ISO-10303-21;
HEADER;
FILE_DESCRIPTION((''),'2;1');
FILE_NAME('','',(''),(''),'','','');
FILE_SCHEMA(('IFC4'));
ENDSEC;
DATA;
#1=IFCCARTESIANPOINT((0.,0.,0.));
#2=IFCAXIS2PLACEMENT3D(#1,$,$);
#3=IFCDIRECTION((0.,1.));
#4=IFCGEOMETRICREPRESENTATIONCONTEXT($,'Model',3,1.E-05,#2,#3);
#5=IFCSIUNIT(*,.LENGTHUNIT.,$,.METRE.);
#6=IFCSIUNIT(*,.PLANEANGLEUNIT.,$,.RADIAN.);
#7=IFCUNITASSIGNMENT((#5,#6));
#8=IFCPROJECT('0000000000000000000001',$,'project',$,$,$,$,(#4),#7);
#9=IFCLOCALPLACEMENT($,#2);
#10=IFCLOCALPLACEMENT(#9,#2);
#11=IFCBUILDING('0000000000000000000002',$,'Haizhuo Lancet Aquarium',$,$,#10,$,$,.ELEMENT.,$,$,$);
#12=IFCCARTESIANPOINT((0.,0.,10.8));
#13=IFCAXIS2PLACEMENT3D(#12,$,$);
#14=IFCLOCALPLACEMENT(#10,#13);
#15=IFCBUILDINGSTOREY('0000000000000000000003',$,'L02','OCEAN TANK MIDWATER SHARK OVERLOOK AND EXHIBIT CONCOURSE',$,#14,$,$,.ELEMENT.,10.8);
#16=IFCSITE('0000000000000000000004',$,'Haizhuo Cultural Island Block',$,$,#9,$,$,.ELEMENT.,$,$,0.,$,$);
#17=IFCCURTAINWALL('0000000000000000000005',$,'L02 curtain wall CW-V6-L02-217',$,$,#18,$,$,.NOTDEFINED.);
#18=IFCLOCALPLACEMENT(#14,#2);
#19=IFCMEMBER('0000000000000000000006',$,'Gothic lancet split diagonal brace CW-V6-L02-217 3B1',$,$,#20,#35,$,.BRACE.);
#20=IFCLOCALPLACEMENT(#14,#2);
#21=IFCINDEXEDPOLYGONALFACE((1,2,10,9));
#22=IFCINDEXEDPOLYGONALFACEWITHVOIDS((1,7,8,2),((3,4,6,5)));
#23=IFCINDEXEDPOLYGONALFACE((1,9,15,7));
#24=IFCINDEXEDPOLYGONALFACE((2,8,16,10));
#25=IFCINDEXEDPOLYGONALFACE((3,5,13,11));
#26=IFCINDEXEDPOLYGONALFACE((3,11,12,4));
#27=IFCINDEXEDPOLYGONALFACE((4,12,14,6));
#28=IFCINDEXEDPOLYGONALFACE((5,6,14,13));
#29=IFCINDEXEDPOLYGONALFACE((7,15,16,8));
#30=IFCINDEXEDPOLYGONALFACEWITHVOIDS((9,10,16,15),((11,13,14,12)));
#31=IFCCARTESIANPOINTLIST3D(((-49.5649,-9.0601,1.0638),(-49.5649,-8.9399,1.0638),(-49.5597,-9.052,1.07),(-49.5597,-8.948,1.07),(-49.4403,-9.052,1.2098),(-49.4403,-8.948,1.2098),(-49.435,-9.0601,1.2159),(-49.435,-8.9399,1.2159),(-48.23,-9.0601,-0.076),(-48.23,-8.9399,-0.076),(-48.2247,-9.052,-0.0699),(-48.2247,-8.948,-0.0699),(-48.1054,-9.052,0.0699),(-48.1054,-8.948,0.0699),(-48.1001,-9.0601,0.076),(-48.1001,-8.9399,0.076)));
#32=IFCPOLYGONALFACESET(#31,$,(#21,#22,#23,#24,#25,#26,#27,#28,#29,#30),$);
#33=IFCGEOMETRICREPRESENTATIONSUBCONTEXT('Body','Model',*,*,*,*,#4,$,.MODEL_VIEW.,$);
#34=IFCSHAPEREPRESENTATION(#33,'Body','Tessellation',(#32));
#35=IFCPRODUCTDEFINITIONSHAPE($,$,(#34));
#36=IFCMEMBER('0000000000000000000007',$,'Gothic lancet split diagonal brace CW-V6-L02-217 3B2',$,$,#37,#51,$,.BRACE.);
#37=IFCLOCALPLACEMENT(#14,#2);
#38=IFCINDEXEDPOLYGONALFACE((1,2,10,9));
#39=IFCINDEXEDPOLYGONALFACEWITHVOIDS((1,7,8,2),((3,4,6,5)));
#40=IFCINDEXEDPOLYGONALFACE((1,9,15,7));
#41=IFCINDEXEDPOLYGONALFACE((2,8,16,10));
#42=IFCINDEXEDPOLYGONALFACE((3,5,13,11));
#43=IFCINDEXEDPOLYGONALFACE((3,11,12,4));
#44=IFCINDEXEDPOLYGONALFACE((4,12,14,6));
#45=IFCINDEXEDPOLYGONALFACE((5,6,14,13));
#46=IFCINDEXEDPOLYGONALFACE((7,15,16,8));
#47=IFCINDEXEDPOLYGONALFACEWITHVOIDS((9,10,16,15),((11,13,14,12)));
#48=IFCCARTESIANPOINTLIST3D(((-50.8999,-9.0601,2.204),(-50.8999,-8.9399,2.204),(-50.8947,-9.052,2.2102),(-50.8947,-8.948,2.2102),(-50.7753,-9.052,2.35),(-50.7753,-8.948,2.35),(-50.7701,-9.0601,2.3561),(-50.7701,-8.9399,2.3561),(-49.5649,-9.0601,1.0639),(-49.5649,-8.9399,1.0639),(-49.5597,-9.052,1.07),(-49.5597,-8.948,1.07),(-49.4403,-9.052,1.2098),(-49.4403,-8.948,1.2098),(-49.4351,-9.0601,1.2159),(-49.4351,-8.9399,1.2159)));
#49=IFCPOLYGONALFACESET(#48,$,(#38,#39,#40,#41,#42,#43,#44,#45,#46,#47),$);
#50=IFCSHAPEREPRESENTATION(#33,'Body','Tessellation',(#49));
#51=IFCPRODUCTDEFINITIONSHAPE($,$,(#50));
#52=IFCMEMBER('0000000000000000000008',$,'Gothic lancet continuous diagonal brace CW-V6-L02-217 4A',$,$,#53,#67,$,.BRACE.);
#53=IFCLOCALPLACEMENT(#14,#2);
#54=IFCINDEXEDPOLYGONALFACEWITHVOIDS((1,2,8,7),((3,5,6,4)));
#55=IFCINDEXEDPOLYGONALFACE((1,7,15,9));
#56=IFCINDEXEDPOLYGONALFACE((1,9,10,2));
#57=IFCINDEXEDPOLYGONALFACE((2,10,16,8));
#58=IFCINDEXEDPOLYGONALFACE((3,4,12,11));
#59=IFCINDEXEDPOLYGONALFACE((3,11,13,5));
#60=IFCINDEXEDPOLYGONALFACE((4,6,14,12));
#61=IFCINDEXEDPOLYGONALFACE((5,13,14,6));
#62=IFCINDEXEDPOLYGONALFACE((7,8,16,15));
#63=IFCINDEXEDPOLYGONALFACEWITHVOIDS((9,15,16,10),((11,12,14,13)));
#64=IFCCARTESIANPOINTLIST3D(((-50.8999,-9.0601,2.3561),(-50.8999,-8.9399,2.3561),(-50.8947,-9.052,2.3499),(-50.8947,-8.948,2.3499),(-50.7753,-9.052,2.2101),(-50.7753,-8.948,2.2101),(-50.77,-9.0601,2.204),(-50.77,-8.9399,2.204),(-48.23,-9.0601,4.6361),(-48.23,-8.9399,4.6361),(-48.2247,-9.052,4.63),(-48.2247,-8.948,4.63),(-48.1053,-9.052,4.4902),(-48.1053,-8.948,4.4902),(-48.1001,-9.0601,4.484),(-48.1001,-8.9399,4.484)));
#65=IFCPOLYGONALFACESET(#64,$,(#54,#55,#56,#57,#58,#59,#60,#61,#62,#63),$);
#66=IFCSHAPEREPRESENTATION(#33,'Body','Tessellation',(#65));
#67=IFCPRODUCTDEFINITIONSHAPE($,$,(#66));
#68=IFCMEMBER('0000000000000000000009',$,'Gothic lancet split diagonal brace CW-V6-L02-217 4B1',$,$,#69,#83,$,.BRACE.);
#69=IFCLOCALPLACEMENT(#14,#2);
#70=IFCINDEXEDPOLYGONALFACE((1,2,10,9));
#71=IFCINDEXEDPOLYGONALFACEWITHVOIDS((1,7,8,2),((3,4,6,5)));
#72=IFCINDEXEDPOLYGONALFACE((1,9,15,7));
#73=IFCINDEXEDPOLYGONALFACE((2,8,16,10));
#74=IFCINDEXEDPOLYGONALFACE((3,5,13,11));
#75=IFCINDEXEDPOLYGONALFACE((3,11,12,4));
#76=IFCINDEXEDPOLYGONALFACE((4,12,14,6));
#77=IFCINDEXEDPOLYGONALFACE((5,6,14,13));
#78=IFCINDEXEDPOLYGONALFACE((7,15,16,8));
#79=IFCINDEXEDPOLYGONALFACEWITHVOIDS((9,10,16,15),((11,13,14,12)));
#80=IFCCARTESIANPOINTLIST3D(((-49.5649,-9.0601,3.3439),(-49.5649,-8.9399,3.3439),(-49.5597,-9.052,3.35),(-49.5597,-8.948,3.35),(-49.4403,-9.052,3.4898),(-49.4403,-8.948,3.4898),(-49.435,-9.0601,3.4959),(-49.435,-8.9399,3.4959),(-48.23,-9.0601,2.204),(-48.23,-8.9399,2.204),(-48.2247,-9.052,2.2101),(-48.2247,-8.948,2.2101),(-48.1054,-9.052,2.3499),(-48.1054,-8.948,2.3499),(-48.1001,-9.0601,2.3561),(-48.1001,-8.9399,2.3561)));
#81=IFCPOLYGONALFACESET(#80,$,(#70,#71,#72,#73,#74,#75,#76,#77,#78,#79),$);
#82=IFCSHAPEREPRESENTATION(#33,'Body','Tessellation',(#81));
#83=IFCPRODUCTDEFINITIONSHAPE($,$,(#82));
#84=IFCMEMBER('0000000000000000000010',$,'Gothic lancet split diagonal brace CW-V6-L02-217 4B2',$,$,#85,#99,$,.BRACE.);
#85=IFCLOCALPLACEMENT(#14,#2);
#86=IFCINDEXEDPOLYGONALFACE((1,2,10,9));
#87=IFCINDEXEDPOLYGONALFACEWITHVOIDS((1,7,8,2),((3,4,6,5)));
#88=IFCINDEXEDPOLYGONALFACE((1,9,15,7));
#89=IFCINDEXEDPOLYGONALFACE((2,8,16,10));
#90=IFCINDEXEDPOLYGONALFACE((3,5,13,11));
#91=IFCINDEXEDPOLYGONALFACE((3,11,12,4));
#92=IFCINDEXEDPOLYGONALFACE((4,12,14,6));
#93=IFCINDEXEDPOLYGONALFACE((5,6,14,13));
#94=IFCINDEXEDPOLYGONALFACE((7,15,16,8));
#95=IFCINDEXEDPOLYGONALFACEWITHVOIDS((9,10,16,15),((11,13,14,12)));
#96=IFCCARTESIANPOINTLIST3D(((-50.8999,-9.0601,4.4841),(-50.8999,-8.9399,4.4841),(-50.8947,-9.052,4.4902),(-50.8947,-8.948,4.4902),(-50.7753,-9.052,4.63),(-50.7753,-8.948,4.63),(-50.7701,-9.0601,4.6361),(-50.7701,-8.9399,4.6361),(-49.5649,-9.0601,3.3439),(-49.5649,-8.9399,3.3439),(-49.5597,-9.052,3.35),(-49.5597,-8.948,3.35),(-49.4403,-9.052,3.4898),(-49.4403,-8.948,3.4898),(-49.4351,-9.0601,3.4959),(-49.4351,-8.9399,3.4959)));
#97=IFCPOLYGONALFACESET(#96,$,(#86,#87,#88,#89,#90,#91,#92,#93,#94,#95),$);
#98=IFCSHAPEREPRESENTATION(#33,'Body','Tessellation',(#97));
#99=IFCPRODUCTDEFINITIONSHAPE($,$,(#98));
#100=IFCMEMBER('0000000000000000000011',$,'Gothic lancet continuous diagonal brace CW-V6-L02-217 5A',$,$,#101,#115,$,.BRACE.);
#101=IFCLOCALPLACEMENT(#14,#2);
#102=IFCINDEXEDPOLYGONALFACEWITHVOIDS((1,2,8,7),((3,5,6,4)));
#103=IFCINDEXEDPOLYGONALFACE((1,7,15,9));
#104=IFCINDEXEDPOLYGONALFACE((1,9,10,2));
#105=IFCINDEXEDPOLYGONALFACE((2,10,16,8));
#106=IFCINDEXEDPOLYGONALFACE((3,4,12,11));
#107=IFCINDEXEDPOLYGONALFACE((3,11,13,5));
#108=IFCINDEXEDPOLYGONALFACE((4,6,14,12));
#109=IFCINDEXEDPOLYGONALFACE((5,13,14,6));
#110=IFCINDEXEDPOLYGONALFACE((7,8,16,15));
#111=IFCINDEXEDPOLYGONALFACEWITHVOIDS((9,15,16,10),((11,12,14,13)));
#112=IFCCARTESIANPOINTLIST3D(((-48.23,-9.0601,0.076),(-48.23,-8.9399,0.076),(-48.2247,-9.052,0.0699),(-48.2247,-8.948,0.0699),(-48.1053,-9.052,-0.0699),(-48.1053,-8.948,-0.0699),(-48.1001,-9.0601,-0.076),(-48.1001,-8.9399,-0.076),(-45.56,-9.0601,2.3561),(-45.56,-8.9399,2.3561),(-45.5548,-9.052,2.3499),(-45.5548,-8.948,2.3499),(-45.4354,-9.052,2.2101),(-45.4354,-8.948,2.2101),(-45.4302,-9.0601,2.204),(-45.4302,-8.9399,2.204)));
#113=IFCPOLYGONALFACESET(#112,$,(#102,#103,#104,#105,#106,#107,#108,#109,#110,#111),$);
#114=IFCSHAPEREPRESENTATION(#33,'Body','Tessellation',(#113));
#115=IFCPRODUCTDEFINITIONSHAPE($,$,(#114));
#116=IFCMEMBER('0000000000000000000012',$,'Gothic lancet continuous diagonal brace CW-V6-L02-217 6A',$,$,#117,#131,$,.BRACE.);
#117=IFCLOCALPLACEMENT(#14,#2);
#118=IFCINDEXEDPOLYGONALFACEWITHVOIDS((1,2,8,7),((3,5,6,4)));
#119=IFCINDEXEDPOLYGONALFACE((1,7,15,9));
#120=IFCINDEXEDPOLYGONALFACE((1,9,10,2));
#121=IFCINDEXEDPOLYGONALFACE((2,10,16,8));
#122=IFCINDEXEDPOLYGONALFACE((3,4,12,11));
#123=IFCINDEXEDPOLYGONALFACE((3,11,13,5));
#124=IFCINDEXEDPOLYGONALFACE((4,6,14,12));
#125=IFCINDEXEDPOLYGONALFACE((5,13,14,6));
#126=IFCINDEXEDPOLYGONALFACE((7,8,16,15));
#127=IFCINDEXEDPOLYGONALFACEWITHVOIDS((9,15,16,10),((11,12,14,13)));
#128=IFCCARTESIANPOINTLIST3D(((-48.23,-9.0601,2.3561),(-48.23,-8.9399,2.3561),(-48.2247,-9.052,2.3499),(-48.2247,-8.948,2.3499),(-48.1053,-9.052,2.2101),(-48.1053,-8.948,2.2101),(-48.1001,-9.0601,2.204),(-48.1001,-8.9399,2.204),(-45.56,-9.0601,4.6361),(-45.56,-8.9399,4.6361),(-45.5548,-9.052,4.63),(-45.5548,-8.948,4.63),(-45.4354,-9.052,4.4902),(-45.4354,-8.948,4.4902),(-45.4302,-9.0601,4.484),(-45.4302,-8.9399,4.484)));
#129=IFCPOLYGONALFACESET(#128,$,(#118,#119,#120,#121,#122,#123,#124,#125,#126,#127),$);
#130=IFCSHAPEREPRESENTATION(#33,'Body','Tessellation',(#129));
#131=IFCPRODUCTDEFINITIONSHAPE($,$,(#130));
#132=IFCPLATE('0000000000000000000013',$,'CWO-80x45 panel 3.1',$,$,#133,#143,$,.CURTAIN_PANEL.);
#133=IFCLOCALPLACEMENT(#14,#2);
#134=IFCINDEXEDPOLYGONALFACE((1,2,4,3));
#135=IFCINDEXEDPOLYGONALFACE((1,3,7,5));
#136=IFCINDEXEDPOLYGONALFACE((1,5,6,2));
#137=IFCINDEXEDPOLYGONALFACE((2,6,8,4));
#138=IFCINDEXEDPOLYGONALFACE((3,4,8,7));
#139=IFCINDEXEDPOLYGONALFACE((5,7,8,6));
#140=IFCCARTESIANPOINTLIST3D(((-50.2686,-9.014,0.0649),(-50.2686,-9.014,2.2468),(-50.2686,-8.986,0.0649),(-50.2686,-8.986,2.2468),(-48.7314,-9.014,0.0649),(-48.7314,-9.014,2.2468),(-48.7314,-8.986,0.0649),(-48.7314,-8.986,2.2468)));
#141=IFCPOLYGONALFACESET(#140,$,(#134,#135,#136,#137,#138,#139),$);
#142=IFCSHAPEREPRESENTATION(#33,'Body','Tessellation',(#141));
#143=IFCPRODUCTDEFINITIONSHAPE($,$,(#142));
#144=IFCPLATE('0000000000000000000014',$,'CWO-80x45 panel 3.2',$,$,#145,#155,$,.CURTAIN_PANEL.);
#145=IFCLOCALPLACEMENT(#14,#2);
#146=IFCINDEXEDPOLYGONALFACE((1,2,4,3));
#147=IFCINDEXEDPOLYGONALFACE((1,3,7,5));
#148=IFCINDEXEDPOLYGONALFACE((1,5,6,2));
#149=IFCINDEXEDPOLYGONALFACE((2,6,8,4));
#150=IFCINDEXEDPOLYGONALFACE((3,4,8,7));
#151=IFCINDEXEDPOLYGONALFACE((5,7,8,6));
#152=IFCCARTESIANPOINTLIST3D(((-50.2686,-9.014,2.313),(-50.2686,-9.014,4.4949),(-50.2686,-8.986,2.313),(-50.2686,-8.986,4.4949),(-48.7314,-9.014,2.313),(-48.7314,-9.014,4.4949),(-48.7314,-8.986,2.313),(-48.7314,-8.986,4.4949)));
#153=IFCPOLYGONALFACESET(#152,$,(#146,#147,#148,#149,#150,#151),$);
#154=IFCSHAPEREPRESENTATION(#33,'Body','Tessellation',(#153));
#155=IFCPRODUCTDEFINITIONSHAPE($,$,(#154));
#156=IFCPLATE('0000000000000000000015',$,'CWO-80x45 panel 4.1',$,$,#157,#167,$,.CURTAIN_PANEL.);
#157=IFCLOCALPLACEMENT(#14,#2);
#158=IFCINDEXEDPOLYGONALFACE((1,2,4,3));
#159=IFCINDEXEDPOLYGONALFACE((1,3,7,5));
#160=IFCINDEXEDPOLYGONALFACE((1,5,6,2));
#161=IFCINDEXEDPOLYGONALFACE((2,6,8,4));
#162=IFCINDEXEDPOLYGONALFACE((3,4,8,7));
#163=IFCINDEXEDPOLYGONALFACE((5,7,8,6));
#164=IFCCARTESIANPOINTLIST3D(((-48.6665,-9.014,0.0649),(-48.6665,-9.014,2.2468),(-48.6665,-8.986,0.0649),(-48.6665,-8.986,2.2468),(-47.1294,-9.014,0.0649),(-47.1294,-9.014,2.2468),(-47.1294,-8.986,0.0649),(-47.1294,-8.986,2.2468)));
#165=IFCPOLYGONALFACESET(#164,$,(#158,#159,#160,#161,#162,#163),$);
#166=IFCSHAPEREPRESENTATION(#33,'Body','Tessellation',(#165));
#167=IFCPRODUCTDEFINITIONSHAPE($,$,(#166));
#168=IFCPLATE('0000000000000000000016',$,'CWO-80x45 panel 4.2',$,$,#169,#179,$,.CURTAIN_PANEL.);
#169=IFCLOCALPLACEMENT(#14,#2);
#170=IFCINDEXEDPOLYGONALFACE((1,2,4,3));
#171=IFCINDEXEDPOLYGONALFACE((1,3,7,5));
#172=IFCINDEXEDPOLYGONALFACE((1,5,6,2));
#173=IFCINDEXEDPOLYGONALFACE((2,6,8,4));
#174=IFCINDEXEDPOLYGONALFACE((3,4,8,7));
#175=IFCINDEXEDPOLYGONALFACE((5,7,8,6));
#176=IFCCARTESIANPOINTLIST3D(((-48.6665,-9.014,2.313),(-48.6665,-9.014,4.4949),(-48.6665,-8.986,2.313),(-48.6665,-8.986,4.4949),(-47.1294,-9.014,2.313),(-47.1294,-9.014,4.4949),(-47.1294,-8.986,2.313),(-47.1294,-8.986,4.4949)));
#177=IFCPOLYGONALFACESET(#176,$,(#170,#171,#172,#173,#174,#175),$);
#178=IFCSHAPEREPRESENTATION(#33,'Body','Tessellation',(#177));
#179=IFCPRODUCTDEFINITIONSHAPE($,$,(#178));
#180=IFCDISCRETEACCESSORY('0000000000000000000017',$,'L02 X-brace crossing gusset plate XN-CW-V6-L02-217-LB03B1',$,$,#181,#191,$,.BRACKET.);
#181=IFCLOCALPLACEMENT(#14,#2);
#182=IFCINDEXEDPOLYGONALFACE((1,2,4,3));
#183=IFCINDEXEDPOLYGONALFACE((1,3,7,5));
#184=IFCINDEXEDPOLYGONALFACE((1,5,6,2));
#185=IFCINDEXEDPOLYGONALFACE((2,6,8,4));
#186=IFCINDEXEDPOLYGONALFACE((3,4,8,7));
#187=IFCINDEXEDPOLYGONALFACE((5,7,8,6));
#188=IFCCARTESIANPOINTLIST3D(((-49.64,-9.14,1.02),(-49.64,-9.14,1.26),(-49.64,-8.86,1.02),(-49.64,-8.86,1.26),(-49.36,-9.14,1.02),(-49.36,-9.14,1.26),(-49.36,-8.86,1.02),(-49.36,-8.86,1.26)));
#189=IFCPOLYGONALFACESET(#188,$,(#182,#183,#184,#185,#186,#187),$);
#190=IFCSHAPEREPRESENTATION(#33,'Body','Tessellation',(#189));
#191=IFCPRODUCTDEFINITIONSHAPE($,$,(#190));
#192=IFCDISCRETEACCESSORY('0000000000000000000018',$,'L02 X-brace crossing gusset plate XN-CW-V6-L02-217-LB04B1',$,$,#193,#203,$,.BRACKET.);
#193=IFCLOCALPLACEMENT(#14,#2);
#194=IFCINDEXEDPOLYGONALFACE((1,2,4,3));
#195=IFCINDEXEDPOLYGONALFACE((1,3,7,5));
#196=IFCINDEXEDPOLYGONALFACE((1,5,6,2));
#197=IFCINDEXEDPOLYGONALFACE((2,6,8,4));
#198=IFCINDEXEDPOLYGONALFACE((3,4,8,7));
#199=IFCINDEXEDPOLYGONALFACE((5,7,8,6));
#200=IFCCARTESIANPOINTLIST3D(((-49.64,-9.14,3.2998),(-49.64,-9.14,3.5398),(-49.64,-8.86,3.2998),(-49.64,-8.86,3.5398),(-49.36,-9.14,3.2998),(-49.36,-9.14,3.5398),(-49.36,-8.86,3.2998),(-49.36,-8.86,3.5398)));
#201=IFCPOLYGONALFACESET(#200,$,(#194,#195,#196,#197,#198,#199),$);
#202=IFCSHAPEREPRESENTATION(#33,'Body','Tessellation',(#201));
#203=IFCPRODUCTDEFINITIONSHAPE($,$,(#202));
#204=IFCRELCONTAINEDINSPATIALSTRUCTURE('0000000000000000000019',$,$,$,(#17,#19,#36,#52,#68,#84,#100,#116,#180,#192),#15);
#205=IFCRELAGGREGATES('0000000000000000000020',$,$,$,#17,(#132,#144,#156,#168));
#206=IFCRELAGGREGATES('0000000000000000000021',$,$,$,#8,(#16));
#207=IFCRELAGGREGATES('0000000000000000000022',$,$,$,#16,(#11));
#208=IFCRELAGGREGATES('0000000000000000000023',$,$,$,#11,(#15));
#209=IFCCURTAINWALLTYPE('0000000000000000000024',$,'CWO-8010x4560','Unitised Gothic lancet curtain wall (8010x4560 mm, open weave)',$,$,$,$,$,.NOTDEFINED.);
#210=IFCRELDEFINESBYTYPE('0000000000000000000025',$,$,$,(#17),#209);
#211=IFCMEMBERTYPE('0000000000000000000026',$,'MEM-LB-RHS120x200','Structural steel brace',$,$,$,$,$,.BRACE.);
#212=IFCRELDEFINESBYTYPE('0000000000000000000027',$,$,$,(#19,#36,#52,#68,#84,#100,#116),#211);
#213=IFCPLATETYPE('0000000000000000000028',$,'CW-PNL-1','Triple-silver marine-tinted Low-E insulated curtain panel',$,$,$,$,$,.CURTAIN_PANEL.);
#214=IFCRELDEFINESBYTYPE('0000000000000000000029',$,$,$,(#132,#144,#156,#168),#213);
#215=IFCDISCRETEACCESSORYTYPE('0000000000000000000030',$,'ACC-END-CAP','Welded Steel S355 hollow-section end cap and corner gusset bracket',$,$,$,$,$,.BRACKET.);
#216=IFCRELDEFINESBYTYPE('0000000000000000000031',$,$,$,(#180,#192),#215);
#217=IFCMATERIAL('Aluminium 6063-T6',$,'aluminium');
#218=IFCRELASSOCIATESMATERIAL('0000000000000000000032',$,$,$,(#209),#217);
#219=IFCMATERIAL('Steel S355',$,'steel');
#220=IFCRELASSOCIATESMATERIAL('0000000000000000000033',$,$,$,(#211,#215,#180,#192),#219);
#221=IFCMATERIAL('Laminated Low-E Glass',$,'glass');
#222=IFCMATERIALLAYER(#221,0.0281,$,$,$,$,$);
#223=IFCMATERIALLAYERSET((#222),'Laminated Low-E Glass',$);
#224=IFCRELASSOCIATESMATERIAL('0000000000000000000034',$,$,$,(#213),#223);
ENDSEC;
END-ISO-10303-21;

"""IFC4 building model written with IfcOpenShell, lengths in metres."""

from ifc_helpers import new_model, si_unit, direction, frame, origin, origin_2d, place, context, subcontext, project, spatial, rectangle, hollow_rectangle, extrude, material, layer, layer_set, material_profile, profile_set, type_object, element, aggregate, save


model = new_model("IFC4")

# Units and contexts
model_context = context("Model", 3, precision=1e-05, world=origin(), true_north=direction((0.0, 1.0)))
body_context = subcontext(model_context, "Body", "Model", "MODEL_VIEW")
ifc_project = project(units=[si_unit("LENGTHUNIT", "METRE"), si_unit("PLANEANGLEUNIT", "RADIAN")], contexts=[model_context])

# Site, building, storey
site_placement = place(None, origin())
site = spatial("IfcSite", under=ifc_project, at=site_placement, Name="Haizhuo Cultural Island Block", CompositionType="ELEMENT", RefElevation=0.0)
building_placement = place(site_placement, origin())
building = spatial("IfcBuilding", under=site, at=building_placement, Name="Haizhuo Lancet Aquarium", CompositionType="ELEMENT")
storey_placement = place(building_placement, frame((0.0, 0.0, 10.8)))
storey = spatial("IfcBuildingStorey", under=building, at=storey_placement, Name="L02", Description="OCEAN TANK MIDWATER SHARK OVERLOOK AND EXHIBIT CONCOURSE", CompositionType="ELEMENT", Elevation=10.8)

# Curtain wall
ifc_material_1 = material(Name="Aluminium 6063-T6", Category="aluminium")
curtain_wall_type = type_object("IfcCurtainWallType", Name="CWO-8010x4560", Description="Unitised Gothic lancet curtain wall (8010x4560 mm, open weave)", PredefinedType="NOTDEFINED", material=ifc_material_1)
curtain_wall_placement = place(storey_placement, origin())
curtain_wall = element("IfcCurtainWall", 1, at=curtain_wall_placement, inside=storey, type_object=curtain_wall_type, Name="L02 curtain wall CW-V6-L02-217", PredefinedType="NOTDEFINED")

# Members
ifc_material_2 = material(Name="Steel S355", Category="steel")
ifc_material_profile_1 = material_profile(ifc_material_2, hollow_rectangle(XDim=0.1201, YDim=0.2, WallThickness=0.0081, at=origin_2d()), Name="RHS 120x200x8")
ifc_profile_set_1 = profile_set([ifc_material_profile_1], Name="Steel S355")
member_type_1 = type_object("IfcMemberType", Name="MEM-LB-RHS120x200", Description="Structural steel brace", PredefinedType="BRACE", material=ifc_profile_set_1)
member_1_placement = place(storey_placement, frame((-48.165, -9.0, 0.0), z_axis=(-0.760482, 0.0, 0.649359), x_axis=(0.0, -1.0, 0.0)))
element("IfcMember", 2, at=member_1_placement, inside=storey, type_object=member_type_1, Name="Gothic lancet split diagonal brace CW-V6-L02-217 3B1", PredefinedType="BRACE", context=body_context, shape_type="SweptSolid", body=[
    extrude(hollow_rectangle(XDim=0.1201, YDim=0.2, WallThickness=0.0081, at=origin_2d()), origin(), (0.0, 0.0, 1.0), 1.7554),
])
member_2_placement = place(storey_placement, frame((-49.5, -9.0, 1.1399), z_axis=(-0.760414, 0.0, 0.649439), x_axis=(0.0, -1.0, 0.0)))
element("IfcMember", 3, at=member_2_placement, inside=storey, type_object=member_type_1, Name="Gothic lancet split diagonal brace CW-V6-L02-217 3B2", PredefinedType="BRACE", context=body_context, shape_type="SweptSolid", body=[
    extrude(hollow_rectangle(XDim=0.1201, YDim=0.2, WallThickness=0.0081, at=origin_2d()), origin(), (0.0, 0.0, 1.0), 1.7556),
])
member_3_placement = place(storey_placement, frame((-50.835, -9.0, 2.28), z_axis=(0.760448, 0.0, 0.649399), x_axis=(0.0, 1.0, 0.0)))
element("IfcMember", 4, at=member_3_placement, inside=storey, type_object=member_type_1, Name="Gothic lancet continuous diagonal brace CW-V6-L02-217 4A", PredefinedType="BRACE", context=body_context, shape_type="SweptSolid", body=[
    extrude(hollow_rectangle(XDim=0.1201, YDim=0.2, WallThickness=0.0081, at=origin_2d()), origin(), (0.0, 0.0, 1.0), 3.511),
])
member_4_placement = place(storey_placement, frame((-48.165, -9.0, 2.28), z_axis=(-0.760482, 0.0, 0.649359), x_axis=(0.0, -1.0, 0.0)))
element("IfcMember", 5, at=member_4_placement, inside=storey, type_object=member_type_1, Name="Gothic lancet split diagonal brace CW-V6-L02-217 4B1", PredefinedType="BRACE", context=body_context, shape_type="SweptSolid", body=[
    extrude(hollow_rectangle(XDim=0.1201, YDim=0.2, WallThickness=0.0081, at=origin_2d()), origin(), (0.0, 0.0, 1.0), 1.7554),
])
member_5_placement = place(storey_placement, frame((-49.5, -9.0, 3.4199), z_axis=(-0.760414, 0.0, 0.649439), x_axis=(0.0, -1.0, 0.0)))
element("IfcMember", 6, at=member_5_placement, inside=storey, type_object=member_type_1, Name="Gothic lancet split diagonal brace CW-V6-L02-217 4B2", PredefinedType="BRACE", context=body_context, shape_type="SweptSolid", body=[
    extrude(hollow_rectangle(XDim=0.1201, YDim=0.2, WallThickness=0.0081, at=origin_2d()), origin(), (0.0, 0.0, 1.0), 1.7556),
])
for number, where, z_axis, x_axis, name in (
    (7, (-48.165, -9.0, 0.0), (0.760448, 0.0, 0.649399), (0.0, 1.0, 0.0), "Gothic lancet continuous diagonal brace CW-V6-L02-217 5A"),
    (8, (-48.165, -9.0, 2.28), (0.760448, 0.0, 0.649399), (0.0, 1.0, 0.0), "Gothic lancet continuous diagonal brace CW-V6-L02-217 6A"),
):
    element("IfcMember", number, at=place(storey_placement, frame(where, z_axis=z_axis, x_axis=x_axis)), inside=storey, type_object=member_type_1, Name=name, PredefinedType="BRACE", context=body_context, shape_type="SweptSolid", body=[
        extrude(hollow_rectangle(XDim=0.1201, YDim=0.2, WallThickness=0.0081, at=origin_2d()), origin(), (0.0, 0.0, 1.0), 3.511),
    ])

# Plates
ifc_material_3 = material(Name="Laminated Low-E Glass", Category="glass")
ifc_layer = layer(ifc_material_3, 0.0281)
ifc_layer_set = layer_set([ifc_layer], Name="Laminated Low-E Glass")
plate_type = type_object("IfcPlateType", Name="CW-PNL-1", Description="Triple-silver marine-tinted Low-E insulated curtain panel", PredefinedType="CURTAIN_PANEL", material=ifc_layer_set)
plate_1_placement = place(storey_placement, frame((-49.5, -9.0, 0.0649), z_axis=(0.0, 0.0, 1.0), x_axis=(1.0, 0.0, 0.0)))
plate_1 = element("IfcPlate", 9, at=plate_1_placement, type_object=plate_type, Name="CWO-80x45 panel 3.1", PredefinedType="CURTAIN_PANEL", context=body_context, shape_type="SweptSolid", body=[
    extrude(rectangle(XDim=1.5371, YDim=0.0281, at=origin_2d()), origin(), (0.0, 0.0, 1.0), 2.1819),
])
plate_2_placement = place(storey_placement, frame((-49.5, -9.0, 2.313), z_axis=(0.0, 0.0, 1.0), x_axis=(1.0, 0.0, 0.0)))
plate_2 = element("IfcPlate", 10, at=plate_2_placement, type_object=plate_type, Name="CWO-80x45 panel 3.2", PredefinedType="CURTAIN_PANEL", context=body_context, shape_type="SweptSolid", body=[
    extrude(rectangle(XDim=1.5371, YDim=0.0281, at=origin_2d()), origin(), (0.0, 0.0, 1.0), 2.1819),
])
plate_3_placement = place(storey_placement, frame((-47.8979, -9.0, 0.0649), z_axis=(0.0, 0.0, 1.0), x_axis=(1.0, 0.0, 0.0)))
plate_3 = element("IfcPlate", 11, at=plate_3_placement, type_object=plate_type, Name="CWO-80x45 panel 4.1", PredefinedType="CURTAIN_PANEL", context=body_context, shape_type="SweptSolid", body=[
    extrude(rectangle(XDim=1.5371, YDim=0.0281, at=origin_2d()), origin(), (0.0, 0.0, 1.0), 2.1819),
])
plate_4_placement = place(storey_placement, frame((-47.8979, -9.0, 2.313), z_axis=(0.0, 0.0, 1.0), x_axis=(1.0, 0.0, 0.0)))
plate_4 = element("IfcPlate", 12, at=plate_4_placement, type_object=plate_type, Name="CWO-80x45 panel 4.2", PredefinedType="CURTAIN_PANEL", context=body_context, shape_type="SweptSolid", body=[
    extrude(rectangle(XDim=1.5371, YDim=0.0281, at=origin_2d()), origin(), (0.0, 0.0, 1.0), 2.1819),
])
aggregate(curtain_wall, [plate_1, plate_2, plate_3, plate_4])

# Discrete accessories
discrete_accessory_type = type_object("IfcDiscreteAccessoryType", Name="ACC-END-CAP", Description="Welded Steel S355 hollow-section end cap and corner gusset bracket", PredefinedType="BRACKET", material=ifc_material_2)
for number, where, z_axis, x_axis, name in (
    (13, (-49.5, -9.0, 1.02), (0.0, 0.0, 1.0), (1.0, 0.0, 0.0), "L02 X-brace crossing gusset plate XN-CW-V6-L02-217-LB03B1"),
    (14, (-49.5, -9.0, 3.2998), (0.0, 0.0, 1.0), (1.0, 0.0, 0.0), "L02 X-brace crossing gusset plate XN-CW-V6-L02-217-LB04B1"),
):
    element("IfcDiscreteAccessory", number, at=place(storey_placement, frame(where, z_axis=z_axis, x_axis=x_axis)), inside=storey, type_object=discrete_accessory_type, material=ifc_material_2, Name=name, PredefinedType="BRACKET", context=body_context, shape_type="SweptSolid", body=[
        extrude(rectangle(XDim=0.28, YDim=0.28, at=origin_2d()), origin(), (0.0, 0.0, 1.0), 0.24),
    ])

save(model, "model.ifc")
